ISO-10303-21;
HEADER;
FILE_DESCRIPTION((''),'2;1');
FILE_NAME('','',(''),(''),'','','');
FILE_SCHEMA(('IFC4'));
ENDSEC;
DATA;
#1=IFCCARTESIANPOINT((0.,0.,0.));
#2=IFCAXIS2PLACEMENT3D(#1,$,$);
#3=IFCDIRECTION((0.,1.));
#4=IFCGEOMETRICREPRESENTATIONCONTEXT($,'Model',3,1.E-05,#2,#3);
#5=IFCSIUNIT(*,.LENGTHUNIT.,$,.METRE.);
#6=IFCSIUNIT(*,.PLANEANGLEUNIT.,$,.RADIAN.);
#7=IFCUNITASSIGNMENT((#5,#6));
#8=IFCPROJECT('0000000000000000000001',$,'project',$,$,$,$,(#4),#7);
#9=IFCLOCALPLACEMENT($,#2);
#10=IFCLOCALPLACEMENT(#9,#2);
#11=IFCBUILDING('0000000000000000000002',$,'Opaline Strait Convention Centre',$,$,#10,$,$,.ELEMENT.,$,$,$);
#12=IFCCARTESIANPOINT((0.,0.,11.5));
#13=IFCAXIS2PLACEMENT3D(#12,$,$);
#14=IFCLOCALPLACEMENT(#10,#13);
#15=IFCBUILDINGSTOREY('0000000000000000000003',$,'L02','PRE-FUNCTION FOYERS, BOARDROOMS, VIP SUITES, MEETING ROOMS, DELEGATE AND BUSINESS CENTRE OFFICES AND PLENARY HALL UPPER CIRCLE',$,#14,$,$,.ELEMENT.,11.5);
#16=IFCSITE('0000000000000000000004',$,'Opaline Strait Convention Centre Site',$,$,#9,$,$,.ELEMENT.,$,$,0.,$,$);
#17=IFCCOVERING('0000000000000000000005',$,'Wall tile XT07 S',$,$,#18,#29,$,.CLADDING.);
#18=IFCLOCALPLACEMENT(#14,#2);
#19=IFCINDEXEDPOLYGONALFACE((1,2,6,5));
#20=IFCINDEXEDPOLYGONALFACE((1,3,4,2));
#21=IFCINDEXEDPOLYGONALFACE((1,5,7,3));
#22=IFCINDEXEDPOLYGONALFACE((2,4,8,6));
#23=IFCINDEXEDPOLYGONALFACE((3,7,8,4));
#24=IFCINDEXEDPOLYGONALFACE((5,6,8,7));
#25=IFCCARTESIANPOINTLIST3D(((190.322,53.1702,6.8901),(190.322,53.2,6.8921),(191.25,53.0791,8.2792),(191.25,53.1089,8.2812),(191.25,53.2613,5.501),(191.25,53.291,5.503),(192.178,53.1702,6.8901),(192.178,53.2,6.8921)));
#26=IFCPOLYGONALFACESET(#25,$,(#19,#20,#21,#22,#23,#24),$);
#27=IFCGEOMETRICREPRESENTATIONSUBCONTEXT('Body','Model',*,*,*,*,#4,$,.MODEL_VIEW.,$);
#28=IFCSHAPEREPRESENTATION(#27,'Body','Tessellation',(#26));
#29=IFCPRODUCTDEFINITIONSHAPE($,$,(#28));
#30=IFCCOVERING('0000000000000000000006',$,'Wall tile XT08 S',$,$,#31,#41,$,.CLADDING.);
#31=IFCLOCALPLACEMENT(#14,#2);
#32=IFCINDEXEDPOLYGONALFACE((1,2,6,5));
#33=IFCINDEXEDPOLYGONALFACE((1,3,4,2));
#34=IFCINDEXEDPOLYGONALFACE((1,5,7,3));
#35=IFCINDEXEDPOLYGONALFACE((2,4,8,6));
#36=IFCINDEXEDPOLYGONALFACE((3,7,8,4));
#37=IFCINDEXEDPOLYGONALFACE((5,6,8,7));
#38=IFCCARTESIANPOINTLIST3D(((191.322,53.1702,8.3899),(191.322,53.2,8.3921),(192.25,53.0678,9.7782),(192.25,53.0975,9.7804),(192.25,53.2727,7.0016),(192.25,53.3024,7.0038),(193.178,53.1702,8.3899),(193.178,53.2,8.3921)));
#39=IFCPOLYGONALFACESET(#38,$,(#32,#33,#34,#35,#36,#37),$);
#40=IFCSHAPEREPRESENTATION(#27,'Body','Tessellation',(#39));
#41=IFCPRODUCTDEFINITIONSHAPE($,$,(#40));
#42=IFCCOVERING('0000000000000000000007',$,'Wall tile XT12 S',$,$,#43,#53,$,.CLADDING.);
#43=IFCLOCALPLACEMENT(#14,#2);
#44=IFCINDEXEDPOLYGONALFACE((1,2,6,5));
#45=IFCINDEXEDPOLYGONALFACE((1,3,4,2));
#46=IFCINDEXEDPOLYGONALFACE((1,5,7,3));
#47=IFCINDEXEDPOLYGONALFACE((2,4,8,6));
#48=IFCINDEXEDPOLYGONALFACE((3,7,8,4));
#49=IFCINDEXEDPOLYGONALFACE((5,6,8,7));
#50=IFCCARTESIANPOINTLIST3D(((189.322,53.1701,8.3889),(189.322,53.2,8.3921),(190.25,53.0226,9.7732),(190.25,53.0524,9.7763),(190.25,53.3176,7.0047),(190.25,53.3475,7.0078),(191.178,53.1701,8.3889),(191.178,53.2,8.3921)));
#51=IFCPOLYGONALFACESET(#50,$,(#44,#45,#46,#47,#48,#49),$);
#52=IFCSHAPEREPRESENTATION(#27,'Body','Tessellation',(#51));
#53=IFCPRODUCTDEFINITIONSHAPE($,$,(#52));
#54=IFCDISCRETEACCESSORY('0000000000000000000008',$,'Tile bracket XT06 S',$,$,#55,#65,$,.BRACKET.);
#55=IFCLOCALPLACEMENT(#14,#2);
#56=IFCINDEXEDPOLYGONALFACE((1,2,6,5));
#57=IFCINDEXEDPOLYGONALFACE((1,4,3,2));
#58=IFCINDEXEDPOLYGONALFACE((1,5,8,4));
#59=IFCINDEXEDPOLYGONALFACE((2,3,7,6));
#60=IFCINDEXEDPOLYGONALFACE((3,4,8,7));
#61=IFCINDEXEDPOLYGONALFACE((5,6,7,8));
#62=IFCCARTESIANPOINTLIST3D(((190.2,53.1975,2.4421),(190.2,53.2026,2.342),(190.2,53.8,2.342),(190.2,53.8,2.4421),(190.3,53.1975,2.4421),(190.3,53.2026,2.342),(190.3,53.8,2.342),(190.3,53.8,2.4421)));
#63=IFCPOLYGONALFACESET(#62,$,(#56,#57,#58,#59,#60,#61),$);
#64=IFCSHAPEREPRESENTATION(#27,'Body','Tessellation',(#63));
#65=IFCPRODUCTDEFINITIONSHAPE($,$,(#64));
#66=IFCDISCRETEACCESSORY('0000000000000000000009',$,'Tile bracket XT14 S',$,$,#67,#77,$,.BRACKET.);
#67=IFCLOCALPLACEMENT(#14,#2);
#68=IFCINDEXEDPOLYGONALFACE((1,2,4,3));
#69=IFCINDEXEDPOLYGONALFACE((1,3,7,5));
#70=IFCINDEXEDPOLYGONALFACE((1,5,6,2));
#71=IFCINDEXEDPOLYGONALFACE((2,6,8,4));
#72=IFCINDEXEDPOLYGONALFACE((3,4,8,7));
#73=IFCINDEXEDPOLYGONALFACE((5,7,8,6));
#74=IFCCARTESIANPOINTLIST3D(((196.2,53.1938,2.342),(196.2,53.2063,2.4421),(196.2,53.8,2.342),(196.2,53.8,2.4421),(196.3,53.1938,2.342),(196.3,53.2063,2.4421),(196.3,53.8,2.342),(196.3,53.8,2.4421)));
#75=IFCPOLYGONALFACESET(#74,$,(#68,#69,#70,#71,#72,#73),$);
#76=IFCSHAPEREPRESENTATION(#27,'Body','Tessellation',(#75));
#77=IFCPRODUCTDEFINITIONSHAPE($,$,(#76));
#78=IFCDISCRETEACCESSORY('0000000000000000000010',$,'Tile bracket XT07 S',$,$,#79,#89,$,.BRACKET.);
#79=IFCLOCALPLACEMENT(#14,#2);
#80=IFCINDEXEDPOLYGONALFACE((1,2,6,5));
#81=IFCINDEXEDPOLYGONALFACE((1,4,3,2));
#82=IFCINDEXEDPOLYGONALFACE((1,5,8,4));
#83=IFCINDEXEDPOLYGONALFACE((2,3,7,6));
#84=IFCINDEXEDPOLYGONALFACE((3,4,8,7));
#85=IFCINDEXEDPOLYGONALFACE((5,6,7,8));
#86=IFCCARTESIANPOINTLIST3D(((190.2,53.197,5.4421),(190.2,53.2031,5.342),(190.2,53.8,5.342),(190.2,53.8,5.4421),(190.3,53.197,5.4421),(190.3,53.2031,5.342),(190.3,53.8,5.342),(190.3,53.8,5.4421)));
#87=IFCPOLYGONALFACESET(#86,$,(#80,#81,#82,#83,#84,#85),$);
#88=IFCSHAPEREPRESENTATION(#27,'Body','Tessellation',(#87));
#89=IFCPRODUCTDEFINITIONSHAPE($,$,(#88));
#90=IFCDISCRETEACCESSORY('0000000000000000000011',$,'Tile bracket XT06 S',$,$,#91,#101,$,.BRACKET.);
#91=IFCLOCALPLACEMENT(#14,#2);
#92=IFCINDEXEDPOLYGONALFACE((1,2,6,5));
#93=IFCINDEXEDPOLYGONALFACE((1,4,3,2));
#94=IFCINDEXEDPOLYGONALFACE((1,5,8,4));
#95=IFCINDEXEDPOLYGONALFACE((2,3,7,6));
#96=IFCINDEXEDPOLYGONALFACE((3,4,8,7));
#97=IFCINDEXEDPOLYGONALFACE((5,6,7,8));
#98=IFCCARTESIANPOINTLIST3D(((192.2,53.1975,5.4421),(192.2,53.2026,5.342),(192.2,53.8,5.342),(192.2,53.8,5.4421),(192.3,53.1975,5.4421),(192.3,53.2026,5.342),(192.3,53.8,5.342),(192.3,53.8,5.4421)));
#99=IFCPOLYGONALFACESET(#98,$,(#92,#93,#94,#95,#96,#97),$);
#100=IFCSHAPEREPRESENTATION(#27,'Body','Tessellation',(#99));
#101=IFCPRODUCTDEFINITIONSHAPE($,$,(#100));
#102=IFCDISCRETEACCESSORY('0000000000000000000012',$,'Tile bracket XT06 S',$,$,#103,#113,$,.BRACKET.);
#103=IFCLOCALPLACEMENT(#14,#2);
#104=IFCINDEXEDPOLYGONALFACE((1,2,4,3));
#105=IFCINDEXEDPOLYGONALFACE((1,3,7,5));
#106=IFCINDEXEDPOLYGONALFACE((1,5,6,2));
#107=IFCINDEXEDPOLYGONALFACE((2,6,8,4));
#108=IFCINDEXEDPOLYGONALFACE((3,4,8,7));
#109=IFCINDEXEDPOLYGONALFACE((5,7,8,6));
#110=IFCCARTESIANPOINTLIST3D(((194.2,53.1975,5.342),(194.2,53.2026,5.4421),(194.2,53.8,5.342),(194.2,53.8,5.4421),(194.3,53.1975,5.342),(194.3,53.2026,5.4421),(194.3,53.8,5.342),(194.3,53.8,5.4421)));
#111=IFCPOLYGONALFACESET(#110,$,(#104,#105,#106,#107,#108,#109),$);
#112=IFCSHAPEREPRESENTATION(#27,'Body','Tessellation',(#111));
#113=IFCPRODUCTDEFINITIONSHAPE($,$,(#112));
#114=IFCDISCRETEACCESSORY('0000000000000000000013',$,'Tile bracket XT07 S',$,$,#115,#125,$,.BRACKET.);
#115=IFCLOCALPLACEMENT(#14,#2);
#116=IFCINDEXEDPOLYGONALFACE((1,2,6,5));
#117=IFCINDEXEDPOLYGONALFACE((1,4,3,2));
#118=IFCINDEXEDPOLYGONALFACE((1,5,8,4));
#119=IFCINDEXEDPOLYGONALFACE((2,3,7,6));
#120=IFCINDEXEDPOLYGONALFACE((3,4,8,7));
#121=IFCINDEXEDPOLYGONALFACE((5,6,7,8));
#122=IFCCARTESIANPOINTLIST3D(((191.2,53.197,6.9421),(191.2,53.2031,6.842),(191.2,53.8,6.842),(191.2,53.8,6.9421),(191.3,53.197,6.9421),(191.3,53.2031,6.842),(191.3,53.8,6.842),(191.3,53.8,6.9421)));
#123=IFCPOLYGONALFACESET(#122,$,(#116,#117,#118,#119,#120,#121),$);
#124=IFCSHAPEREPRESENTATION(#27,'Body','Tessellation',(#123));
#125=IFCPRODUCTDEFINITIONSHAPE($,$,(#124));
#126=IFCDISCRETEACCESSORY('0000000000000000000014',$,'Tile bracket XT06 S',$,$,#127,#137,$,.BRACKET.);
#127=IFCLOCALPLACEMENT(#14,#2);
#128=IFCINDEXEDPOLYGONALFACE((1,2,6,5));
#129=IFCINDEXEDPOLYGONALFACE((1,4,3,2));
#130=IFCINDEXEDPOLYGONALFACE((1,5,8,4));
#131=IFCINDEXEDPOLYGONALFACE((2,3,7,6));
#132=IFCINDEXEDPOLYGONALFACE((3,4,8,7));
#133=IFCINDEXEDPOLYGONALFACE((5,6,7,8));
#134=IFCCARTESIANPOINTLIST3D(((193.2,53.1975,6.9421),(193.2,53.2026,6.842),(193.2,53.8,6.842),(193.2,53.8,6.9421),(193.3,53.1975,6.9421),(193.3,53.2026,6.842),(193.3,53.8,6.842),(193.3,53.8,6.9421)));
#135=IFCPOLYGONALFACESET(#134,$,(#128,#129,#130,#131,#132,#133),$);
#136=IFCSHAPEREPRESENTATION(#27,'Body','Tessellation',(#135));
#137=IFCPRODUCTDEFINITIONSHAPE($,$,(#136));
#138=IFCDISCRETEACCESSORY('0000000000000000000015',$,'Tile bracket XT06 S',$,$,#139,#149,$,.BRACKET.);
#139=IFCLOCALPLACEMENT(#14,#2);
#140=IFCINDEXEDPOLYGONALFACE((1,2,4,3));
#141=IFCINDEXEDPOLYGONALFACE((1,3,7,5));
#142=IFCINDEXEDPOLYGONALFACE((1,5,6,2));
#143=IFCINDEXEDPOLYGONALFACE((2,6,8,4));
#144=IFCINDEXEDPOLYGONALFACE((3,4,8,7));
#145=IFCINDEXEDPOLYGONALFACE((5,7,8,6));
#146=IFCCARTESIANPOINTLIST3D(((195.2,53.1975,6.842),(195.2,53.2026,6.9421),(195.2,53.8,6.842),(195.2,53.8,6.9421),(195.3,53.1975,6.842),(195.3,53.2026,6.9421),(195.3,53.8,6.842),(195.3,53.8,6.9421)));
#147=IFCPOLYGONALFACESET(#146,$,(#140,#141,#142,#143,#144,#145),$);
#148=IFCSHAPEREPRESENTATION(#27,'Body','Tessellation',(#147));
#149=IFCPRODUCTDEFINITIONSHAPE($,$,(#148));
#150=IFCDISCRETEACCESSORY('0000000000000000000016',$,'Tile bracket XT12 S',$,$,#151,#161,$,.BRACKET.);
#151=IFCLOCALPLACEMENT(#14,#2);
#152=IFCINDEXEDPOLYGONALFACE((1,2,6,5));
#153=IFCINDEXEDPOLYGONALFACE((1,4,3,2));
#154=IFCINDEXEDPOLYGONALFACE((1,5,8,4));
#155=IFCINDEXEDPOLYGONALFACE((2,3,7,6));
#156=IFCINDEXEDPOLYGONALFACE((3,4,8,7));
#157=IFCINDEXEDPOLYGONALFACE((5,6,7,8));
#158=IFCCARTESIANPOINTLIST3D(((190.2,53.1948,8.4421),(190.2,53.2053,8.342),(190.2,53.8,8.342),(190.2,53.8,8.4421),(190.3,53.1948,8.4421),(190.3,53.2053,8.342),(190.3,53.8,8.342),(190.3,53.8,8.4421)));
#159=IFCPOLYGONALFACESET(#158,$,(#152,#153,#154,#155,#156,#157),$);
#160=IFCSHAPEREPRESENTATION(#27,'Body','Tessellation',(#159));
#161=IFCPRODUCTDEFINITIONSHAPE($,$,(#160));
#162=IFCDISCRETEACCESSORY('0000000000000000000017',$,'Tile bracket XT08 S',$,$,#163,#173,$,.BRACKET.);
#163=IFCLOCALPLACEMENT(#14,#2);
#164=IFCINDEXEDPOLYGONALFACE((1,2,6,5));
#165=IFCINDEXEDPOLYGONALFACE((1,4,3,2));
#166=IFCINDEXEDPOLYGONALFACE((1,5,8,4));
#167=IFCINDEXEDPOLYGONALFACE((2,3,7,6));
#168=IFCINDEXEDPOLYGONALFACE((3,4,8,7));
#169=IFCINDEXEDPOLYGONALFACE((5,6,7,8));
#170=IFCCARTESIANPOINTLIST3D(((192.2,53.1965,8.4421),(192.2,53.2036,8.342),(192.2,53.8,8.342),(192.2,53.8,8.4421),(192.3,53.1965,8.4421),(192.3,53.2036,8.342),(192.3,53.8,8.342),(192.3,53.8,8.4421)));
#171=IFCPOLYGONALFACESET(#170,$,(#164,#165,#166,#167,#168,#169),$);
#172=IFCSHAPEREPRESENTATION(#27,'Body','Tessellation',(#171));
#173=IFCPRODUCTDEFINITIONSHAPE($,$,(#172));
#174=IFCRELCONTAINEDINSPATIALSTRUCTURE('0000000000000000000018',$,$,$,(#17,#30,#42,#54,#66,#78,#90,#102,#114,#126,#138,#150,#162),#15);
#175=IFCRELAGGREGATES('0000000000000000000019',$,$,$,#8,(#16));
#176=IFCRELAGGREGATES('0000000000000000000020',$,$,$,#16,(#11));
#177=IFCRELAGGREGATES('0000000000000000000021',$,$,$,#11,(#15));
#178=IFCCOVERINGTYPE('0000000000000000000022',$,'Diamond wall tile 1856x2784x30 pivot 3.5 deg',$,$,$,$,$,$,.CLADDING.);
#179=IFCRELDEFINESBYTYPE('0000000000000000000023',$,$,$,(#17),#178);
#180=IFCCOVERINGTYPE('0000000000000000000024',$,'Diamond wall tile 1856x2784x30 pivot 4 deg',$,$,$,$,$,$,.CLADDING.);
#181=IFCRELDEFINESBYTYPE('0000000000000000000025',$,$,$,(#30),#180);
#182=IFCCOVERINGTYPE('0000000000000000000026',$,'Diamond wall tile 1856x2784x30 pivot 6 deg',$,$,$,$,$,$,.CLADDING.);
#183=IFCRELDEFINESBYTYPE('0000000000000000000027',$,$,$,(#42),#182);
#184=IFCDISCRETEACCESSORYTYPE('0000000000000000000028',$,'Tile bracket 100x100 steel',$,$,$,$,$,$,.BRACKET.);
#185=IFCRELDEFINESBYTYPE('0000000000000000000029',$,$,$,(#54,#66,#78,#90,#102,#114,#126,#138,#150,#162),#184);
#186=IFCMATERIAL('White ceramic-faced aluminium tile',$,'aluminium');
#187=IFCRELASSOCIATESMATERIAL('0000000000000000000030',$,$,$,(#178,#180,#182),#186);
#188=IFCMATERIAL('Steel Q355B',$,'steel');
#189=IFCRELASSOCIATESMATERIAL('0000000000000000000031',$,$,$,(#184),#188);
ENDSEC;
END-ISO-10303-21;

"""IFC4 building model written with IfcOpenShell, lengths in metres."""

from ifc_helpers import new_model, si_unit, direction, frame, origin, place, context, subcontext, project, spatial, polyline, outline, extrude, material, material_profile, profile_set, type_object, element, save


model = new_model("IFC4")

# Units and contexts
model_context = context("Model", 3, precision=1e-05, world=origin(), true_north=direction((0.0, 1.0)))
body_context = subcontext(model_context, "Body", "Model", "MODEL_VIEW")
ifc_project = project(units=[si_unit("LENGTHUNIT", "METRE"), si_unit("PLANEANGLEUNIT", "RADIAN")], contexts=[model_context])

# Site, building, storey
site_placement = place(None, origin())
site = spatial("IfcSite", under=ifc_project, at=site_placement, Name="Opaline Strait Convention Centre Site", CompositionType="ELEMENT", RefElevation=0.0)
building_placement = place(site_placement, origin())
building = spatial("IfcBuilding", under=site, at=building_placement, Name="Opaline Strait Convention Centre", CompositionType="ELEMENT")
storey_placement = place(building_placement, frame((0.0, 0.0, 11.5)))
storey = spatial("IfcBuildingStorey", under=building, at=storey_placement, Name="L02", Description="PRE-FUNCTION FOYERS, BOARDROOMS, VIP SUITES, MEETING ROOMS, DELEGATE AND BUSINESS CENTRE OFFICES AND PLENARY HALL UPPER CIRCLE", CompositionType="ELEMENT", Elevation=11.5)

# Shared definitions
ifc_material_1 = material(Name="Steel Q355B", Category="steel")

# Coverings
ifc_material_2 = material(Name="White ceramic-faced aluminium tile", Category="aluminium")
ifc_material_profile_1 = material_profile(ifc_material_2, outline(polyline([(0.928, 0.0), (0.0, 1.3921), (-0.928, 0.0), (0.0, -1.3921), (0.928, 0.0)])), Name="Diamond tile 1856x2784")
ifc_profile_set_1 = profile_set([ifc_material_profile_1], Name="White ceramic-faced aluminium tile")
covering_type_1 = type_object("IfcCoveringType", Name="Diamond wall tile 1856x2784x30 pivot 3.5 deg", PredefinedType="CLADDING", material=ifc_profile_set_1)
for number, where, z_axis, x_axis, name in (
    (1, (191.25, 53.2, 6.8921), (0.0, -0.997857, -0.065433), (1.0, 0.0, 0.0), "Wall tile XT07 S"),
):
    element("IfcCovering", number, at=place(storey_placement, frame(where, z_axis=z_axis, x_axis=x_axis)), inside=storey, type_object=covering_type_1, Name=name, PredefinedType="CLADDING", context=body_context, shape_type="SweptSolid", body=[
        extrude(outline(polyline([(0.928, 0.0), (0.0, 1.3921), (-0.928, 0.0), (0.0, -1.3921), (0.928, 0.0)])), origin(), (0.0, 0.0, 1.0), 0.0298),
    ])
ifc_material_profile_2 = material_profile(ifc_material_2, outline(polyline([(0.928, 0.0), (0.0, 1.3921), (-0.928, 0.0), (0.0, -1.3921), (0.928, 0.0)])), Name="Diamond tile 1856x2784")
ifc_profile_set_2 = profile_set([ifc_material_profile_2], Name="White ceramic-faced aluminium tile")
covering_type_2 = type_object("IfcCoveringType", Name="Diamond wall tile 1856x2784x30 pivot 4 deg", PredefinedType="CLADDING", material=ifc_profile_set_2)
covering_1_placement = place(storey_placement, frame((192.25, 53.2, 8.3921), z_axis=(0.0, -0.99729, -0.073571), x_axis=(1.0, 0.0, 0.0)))
element("IfcCovering", 2, at=covering_1_placement, inside=storey, type_object=covering_type_2, Name="Wall tile XT08 S", PredefinedType="CLADDING", context=body_context, shape_type="SweptSolid", body=[
    extrude(outline(polyline([(0.928, 0.0), (0.0, 1.3921), (-0.928, 0.0), (0.0, -1.3921), (0.928, 0.0)])), origin(), (0.0, 0.0, 1.0), 0.0298),
])
ifc_material_profile_3 = material_profile(ifc_material_2, outline(polyline([(0.928, 0.0), (0.0, 1.3921), (-0.928, 0.0), (0.0, -1.3921), (0.928, 0.0)])), Name="Diamond tile 1856x2784")
ifc_profile_set_3 = profile_set([ifc_material_profile_3], Name="White ceramic-faced aluminium tile")
covering_type_3 = type_object("IfcCoveringType", Name="Diamond wall tile 1856x2784x30 pivot 6 deg", PredefinedType="CLADDING", material=ifc_profile_set_3)
covering_2_placement = place(storey_placement, frame((190.25, 53.2, 8.3921), z_axis=(0.0, -0.994371, -0.105958), x_axis=(1.0, 0.0, 0.0)))
element("IfcCovering", 3, at=covering_2_placement, inside=storey, type_object=covering_type_3, Name="Wall tile XT12 S", PredefinedType="CLADDING", context=body_context, shape_type="SweptSolid", body=[
    extrude(outline(polyline([(0.928, 0.0), (0.0, 1.3921), (-0.928, 0.0), (0.0, -1.3921), (0.928, 0.0)])), origin(), (0.0, 0.0, 1.0), 0.03),
])

# Discrete accessories
discrete_accessory_type = type_object("IfcDiscreteAccessoryType", Name="Tile bracket 100x100 steel", PredefinedType="BRACKET", material=ifc_material_1)
discrete_accessory_1_placement = place(storey_placement, frame((190.2, 53.8, 2.3921), z_axis=(1.0, 0.0, 0.0), x_axis=(0.0, 1.0, 0.0)))
element("IfcDiscreteAccessory", 4, at=discrete_accessory_1_placement, inside=storey, type_object=discrete_accessory_type, Name="Tile bracket XT06 S", PredefinedType="BRACKET", context=body_context, shape_type="SweptSolid", body=[
    extrude(outline(polyline([(0.0, -0.05), (0.0, 0.05), (-0.6025, 0.05), (-0.5974, -0.05), (0.0, -0.05)])), origin(), (0.0, 0.0, 1.0), 0.1001),
])
discrete_accessory_2_placement = place(storey_placement, frame((196.2, 53.8, 2.3921), z_axis=(1.0, 0.0, 0.0), x_axis=(0.0, 1.0, 0.0)))
element("IfcDiscreteAccessory", 5, at=discrete_accessory_2_placement, inside=storey, type_object=discrete_accessory_type, Name="Tile bracket XT14 S", PredefinedType="BRACKET", context=body_context, shape_type="SweptSolid", body=[
    extrude(outline(polyline([(0.0, -0.05), (0.0, 0.05), (-0.5938, 0.05), (-0.6062, -0.05), (0.0, -0.05)])), origin(), (0.0, 0.0, 1.0), 0.1001),
])
discrete_accessory_3_placement = place(storey_placement, frame((190.2, 53.8, 5.3921), z_axis=(1.0, 0.0, 0.0), x_axis=(0.0, 1.0, 0.0)))
element("IfcDiscreteAccessory", 6, at=discrete_accessory_3_placement, inside=storey, type_object=discrete_accessory_type, Name="Tile bracket XT07 S", PredefinedType="BRACKET", context=body_context, shape_type="SweptSolid", body=[
    extrude(outline(polyline([(0.0, -0.05), (0.0, 0.05), (-0.603, 0.05), (-0.5969, -0.05), (0.0, -0.05)])), origin(), (0.0, 0.0, 1.0), 0.1001),
])
discrete_accessory_4_placement = place(storey_placement, frame((192.2, 53.8, 5.3921), z_axis=(1.0, 0.0, 0.0), x_axis=(0.0, 1.0, 0.0)))
element("IfcDiscreteAccessory", 7, at=discrete_accessory_4_placement, inside=storey, type_object=discrete_accessory_type, Name="Tile bracket XT06 S", PredefinedType="BRACKET", context=body_context, shape_type="SweptSolid", body=[
    extrude(outline(polyline([(0.0, -0.05), (0.0, 0.05), (-0.6025, 0.05), (-0.5974, -0.05), (0.0, -0.05)])), origin(), (0.0, 0.0, 1.0), 0.1001),
])
discrete_accessory_5_placement = place(storey_placement, frame((194.2, 53.8, 5.3921), z_axis=(1.0, 0.0, 0.0), x_axis=(0.0, 1.0, 0.0)))
element("IfcDiscreteAccessory", 8, at=discrete_accessory_5_placement, inside=storey, type_object=discrete_accessory_type, Name="Tile bracket XT06 S", PredefinedType="BRACKET", context=body_context, shape_type="SweptSolid", body=[
    extrude(outline(polyline([(0.0, -0.05), (0.0, 0.05), (-0.5974, 0.05), (-0.6025, -0.05), (0.0, -0.05)])), origin(), (0.0, 0.0, 1.0), 0.1001),
])
discrete_accessory_6_placement = place(storey_placement, frame((191.2, 53.8, 6.8921), z_axis=(1.0, 0.0, 0.0), x_axis=(0.0, 1.0, 0.0)))
element("IfcDiscreteAccessory", 9, at=discrete_accessory_6_placement, inside=storey, type_object=discrete_accessory_type, Name="Tile bracket XT07 S", PredefinedType="BRACKET", context=body_context, shape_type="SweptSolid", body=[
    extrude(outline(polyline([(0.0, -0.05), (0.0, 0.05), (-0.603, 0.05), (-0.5969, -0.05), (0.0, -0.05)])), origin(), (0.0, 0.0, 1.0), 0.1001),
])
discrete_accessory_7_placement = place(storey_placement, frame((193.2, 53.8, 6.8921), z_axis=(1.0, 0.0, 0.0), x_axis=(0.0, 1.0, 0.0)))
element("IfcDiscreteAccessory", 10, at=discrete_accessory_7_placement, inside=storey, type_object=discrete_accessory_type, Name="Tile bracket XT06 S", PredefinedType="BRACKET", context=body_context, shape_type="SweptSolid", body=[
    extrude(outline(polyline([(0.0, -0.05), (0.0, 0.05), (-0.6025, 0.05), (-0.5974, -0.05), (0.0, -0.05)])), origin(), (0.0, 0.0, 1.0), 0.1001),
])
discrete_accessory_8_placement = place(storey_placement, frame((195.2, 53.8, 6.8921), z_axis=(1.0, 0.0, 0.0), x_axis=(0.0, 1.0, 0.0)))
element("IfcDiscreteAccessory", 11, at=discrete_accessory_8_placement, inside=storey, type_object=discrete_accessory_type, Name="Tile bracket XT06 S", PredefinedType="BRACKET", context=body_context, shape_type="SweptSolid", body=[
    extrude(outline(polyline([(0.0, -0.05), (0.0, 0.05), (-0.5974, 0.05), (-0.6025, -0.05), (0.0, -0.05)])), origin(), (0.0, 0.0, 1.0), 0.1001),
])
discrete_accessory_9_placement = place(storey_placement, frame((190.2, 53.8, 8.3921), z_axis=(1.0, 0.0, 0.0), x_axis=(0.0, 1.0, 0.0)))
element("IfcDiscreteAccessory", 12, at=discrete_accessory_9_placement, inside=storey, type_object=discrete_accessory_type, Name="Tile bracket XT12 S", PredefinedType="BRACKET", context=body_context, shape_type="SweptSolid", body=[
    extrude(outline(polyline([(0.0, -0.05), (0.0, 0.05), (-0.6052, 0.05), (-0.5947, -0.05), (0.0, -0.05)])), origin(), (0.0, 0.0, 1.0), 0.1001),
])
discrete_accessory_10_placement = place(storey_placement, frame((192.2, 53.8, 8.3921), z_axis=(1.0, 0.0, 0.0), x_axis=(0.0, 1.0, 0.0)))
element("IfcDiscreteAccessory", 13, at=discrete_accessory_10_placement, inside=storey, type_object=discrete_accessory_type, Name="Tile bracket XT08 S", PredefinedType="BRACKET", context=body_context, shape_type="SweptSolid", body=[
    extrude(outline(polyline([(0.0, -0.05), (0.0, 0.05), (-0.6035, 0.05), (-0.5964, -0.05), (0.0, -0.05)])), origin(), (0.0, 0.0, 1.0), 0.1001),
])

save(model, "model.ifc")
